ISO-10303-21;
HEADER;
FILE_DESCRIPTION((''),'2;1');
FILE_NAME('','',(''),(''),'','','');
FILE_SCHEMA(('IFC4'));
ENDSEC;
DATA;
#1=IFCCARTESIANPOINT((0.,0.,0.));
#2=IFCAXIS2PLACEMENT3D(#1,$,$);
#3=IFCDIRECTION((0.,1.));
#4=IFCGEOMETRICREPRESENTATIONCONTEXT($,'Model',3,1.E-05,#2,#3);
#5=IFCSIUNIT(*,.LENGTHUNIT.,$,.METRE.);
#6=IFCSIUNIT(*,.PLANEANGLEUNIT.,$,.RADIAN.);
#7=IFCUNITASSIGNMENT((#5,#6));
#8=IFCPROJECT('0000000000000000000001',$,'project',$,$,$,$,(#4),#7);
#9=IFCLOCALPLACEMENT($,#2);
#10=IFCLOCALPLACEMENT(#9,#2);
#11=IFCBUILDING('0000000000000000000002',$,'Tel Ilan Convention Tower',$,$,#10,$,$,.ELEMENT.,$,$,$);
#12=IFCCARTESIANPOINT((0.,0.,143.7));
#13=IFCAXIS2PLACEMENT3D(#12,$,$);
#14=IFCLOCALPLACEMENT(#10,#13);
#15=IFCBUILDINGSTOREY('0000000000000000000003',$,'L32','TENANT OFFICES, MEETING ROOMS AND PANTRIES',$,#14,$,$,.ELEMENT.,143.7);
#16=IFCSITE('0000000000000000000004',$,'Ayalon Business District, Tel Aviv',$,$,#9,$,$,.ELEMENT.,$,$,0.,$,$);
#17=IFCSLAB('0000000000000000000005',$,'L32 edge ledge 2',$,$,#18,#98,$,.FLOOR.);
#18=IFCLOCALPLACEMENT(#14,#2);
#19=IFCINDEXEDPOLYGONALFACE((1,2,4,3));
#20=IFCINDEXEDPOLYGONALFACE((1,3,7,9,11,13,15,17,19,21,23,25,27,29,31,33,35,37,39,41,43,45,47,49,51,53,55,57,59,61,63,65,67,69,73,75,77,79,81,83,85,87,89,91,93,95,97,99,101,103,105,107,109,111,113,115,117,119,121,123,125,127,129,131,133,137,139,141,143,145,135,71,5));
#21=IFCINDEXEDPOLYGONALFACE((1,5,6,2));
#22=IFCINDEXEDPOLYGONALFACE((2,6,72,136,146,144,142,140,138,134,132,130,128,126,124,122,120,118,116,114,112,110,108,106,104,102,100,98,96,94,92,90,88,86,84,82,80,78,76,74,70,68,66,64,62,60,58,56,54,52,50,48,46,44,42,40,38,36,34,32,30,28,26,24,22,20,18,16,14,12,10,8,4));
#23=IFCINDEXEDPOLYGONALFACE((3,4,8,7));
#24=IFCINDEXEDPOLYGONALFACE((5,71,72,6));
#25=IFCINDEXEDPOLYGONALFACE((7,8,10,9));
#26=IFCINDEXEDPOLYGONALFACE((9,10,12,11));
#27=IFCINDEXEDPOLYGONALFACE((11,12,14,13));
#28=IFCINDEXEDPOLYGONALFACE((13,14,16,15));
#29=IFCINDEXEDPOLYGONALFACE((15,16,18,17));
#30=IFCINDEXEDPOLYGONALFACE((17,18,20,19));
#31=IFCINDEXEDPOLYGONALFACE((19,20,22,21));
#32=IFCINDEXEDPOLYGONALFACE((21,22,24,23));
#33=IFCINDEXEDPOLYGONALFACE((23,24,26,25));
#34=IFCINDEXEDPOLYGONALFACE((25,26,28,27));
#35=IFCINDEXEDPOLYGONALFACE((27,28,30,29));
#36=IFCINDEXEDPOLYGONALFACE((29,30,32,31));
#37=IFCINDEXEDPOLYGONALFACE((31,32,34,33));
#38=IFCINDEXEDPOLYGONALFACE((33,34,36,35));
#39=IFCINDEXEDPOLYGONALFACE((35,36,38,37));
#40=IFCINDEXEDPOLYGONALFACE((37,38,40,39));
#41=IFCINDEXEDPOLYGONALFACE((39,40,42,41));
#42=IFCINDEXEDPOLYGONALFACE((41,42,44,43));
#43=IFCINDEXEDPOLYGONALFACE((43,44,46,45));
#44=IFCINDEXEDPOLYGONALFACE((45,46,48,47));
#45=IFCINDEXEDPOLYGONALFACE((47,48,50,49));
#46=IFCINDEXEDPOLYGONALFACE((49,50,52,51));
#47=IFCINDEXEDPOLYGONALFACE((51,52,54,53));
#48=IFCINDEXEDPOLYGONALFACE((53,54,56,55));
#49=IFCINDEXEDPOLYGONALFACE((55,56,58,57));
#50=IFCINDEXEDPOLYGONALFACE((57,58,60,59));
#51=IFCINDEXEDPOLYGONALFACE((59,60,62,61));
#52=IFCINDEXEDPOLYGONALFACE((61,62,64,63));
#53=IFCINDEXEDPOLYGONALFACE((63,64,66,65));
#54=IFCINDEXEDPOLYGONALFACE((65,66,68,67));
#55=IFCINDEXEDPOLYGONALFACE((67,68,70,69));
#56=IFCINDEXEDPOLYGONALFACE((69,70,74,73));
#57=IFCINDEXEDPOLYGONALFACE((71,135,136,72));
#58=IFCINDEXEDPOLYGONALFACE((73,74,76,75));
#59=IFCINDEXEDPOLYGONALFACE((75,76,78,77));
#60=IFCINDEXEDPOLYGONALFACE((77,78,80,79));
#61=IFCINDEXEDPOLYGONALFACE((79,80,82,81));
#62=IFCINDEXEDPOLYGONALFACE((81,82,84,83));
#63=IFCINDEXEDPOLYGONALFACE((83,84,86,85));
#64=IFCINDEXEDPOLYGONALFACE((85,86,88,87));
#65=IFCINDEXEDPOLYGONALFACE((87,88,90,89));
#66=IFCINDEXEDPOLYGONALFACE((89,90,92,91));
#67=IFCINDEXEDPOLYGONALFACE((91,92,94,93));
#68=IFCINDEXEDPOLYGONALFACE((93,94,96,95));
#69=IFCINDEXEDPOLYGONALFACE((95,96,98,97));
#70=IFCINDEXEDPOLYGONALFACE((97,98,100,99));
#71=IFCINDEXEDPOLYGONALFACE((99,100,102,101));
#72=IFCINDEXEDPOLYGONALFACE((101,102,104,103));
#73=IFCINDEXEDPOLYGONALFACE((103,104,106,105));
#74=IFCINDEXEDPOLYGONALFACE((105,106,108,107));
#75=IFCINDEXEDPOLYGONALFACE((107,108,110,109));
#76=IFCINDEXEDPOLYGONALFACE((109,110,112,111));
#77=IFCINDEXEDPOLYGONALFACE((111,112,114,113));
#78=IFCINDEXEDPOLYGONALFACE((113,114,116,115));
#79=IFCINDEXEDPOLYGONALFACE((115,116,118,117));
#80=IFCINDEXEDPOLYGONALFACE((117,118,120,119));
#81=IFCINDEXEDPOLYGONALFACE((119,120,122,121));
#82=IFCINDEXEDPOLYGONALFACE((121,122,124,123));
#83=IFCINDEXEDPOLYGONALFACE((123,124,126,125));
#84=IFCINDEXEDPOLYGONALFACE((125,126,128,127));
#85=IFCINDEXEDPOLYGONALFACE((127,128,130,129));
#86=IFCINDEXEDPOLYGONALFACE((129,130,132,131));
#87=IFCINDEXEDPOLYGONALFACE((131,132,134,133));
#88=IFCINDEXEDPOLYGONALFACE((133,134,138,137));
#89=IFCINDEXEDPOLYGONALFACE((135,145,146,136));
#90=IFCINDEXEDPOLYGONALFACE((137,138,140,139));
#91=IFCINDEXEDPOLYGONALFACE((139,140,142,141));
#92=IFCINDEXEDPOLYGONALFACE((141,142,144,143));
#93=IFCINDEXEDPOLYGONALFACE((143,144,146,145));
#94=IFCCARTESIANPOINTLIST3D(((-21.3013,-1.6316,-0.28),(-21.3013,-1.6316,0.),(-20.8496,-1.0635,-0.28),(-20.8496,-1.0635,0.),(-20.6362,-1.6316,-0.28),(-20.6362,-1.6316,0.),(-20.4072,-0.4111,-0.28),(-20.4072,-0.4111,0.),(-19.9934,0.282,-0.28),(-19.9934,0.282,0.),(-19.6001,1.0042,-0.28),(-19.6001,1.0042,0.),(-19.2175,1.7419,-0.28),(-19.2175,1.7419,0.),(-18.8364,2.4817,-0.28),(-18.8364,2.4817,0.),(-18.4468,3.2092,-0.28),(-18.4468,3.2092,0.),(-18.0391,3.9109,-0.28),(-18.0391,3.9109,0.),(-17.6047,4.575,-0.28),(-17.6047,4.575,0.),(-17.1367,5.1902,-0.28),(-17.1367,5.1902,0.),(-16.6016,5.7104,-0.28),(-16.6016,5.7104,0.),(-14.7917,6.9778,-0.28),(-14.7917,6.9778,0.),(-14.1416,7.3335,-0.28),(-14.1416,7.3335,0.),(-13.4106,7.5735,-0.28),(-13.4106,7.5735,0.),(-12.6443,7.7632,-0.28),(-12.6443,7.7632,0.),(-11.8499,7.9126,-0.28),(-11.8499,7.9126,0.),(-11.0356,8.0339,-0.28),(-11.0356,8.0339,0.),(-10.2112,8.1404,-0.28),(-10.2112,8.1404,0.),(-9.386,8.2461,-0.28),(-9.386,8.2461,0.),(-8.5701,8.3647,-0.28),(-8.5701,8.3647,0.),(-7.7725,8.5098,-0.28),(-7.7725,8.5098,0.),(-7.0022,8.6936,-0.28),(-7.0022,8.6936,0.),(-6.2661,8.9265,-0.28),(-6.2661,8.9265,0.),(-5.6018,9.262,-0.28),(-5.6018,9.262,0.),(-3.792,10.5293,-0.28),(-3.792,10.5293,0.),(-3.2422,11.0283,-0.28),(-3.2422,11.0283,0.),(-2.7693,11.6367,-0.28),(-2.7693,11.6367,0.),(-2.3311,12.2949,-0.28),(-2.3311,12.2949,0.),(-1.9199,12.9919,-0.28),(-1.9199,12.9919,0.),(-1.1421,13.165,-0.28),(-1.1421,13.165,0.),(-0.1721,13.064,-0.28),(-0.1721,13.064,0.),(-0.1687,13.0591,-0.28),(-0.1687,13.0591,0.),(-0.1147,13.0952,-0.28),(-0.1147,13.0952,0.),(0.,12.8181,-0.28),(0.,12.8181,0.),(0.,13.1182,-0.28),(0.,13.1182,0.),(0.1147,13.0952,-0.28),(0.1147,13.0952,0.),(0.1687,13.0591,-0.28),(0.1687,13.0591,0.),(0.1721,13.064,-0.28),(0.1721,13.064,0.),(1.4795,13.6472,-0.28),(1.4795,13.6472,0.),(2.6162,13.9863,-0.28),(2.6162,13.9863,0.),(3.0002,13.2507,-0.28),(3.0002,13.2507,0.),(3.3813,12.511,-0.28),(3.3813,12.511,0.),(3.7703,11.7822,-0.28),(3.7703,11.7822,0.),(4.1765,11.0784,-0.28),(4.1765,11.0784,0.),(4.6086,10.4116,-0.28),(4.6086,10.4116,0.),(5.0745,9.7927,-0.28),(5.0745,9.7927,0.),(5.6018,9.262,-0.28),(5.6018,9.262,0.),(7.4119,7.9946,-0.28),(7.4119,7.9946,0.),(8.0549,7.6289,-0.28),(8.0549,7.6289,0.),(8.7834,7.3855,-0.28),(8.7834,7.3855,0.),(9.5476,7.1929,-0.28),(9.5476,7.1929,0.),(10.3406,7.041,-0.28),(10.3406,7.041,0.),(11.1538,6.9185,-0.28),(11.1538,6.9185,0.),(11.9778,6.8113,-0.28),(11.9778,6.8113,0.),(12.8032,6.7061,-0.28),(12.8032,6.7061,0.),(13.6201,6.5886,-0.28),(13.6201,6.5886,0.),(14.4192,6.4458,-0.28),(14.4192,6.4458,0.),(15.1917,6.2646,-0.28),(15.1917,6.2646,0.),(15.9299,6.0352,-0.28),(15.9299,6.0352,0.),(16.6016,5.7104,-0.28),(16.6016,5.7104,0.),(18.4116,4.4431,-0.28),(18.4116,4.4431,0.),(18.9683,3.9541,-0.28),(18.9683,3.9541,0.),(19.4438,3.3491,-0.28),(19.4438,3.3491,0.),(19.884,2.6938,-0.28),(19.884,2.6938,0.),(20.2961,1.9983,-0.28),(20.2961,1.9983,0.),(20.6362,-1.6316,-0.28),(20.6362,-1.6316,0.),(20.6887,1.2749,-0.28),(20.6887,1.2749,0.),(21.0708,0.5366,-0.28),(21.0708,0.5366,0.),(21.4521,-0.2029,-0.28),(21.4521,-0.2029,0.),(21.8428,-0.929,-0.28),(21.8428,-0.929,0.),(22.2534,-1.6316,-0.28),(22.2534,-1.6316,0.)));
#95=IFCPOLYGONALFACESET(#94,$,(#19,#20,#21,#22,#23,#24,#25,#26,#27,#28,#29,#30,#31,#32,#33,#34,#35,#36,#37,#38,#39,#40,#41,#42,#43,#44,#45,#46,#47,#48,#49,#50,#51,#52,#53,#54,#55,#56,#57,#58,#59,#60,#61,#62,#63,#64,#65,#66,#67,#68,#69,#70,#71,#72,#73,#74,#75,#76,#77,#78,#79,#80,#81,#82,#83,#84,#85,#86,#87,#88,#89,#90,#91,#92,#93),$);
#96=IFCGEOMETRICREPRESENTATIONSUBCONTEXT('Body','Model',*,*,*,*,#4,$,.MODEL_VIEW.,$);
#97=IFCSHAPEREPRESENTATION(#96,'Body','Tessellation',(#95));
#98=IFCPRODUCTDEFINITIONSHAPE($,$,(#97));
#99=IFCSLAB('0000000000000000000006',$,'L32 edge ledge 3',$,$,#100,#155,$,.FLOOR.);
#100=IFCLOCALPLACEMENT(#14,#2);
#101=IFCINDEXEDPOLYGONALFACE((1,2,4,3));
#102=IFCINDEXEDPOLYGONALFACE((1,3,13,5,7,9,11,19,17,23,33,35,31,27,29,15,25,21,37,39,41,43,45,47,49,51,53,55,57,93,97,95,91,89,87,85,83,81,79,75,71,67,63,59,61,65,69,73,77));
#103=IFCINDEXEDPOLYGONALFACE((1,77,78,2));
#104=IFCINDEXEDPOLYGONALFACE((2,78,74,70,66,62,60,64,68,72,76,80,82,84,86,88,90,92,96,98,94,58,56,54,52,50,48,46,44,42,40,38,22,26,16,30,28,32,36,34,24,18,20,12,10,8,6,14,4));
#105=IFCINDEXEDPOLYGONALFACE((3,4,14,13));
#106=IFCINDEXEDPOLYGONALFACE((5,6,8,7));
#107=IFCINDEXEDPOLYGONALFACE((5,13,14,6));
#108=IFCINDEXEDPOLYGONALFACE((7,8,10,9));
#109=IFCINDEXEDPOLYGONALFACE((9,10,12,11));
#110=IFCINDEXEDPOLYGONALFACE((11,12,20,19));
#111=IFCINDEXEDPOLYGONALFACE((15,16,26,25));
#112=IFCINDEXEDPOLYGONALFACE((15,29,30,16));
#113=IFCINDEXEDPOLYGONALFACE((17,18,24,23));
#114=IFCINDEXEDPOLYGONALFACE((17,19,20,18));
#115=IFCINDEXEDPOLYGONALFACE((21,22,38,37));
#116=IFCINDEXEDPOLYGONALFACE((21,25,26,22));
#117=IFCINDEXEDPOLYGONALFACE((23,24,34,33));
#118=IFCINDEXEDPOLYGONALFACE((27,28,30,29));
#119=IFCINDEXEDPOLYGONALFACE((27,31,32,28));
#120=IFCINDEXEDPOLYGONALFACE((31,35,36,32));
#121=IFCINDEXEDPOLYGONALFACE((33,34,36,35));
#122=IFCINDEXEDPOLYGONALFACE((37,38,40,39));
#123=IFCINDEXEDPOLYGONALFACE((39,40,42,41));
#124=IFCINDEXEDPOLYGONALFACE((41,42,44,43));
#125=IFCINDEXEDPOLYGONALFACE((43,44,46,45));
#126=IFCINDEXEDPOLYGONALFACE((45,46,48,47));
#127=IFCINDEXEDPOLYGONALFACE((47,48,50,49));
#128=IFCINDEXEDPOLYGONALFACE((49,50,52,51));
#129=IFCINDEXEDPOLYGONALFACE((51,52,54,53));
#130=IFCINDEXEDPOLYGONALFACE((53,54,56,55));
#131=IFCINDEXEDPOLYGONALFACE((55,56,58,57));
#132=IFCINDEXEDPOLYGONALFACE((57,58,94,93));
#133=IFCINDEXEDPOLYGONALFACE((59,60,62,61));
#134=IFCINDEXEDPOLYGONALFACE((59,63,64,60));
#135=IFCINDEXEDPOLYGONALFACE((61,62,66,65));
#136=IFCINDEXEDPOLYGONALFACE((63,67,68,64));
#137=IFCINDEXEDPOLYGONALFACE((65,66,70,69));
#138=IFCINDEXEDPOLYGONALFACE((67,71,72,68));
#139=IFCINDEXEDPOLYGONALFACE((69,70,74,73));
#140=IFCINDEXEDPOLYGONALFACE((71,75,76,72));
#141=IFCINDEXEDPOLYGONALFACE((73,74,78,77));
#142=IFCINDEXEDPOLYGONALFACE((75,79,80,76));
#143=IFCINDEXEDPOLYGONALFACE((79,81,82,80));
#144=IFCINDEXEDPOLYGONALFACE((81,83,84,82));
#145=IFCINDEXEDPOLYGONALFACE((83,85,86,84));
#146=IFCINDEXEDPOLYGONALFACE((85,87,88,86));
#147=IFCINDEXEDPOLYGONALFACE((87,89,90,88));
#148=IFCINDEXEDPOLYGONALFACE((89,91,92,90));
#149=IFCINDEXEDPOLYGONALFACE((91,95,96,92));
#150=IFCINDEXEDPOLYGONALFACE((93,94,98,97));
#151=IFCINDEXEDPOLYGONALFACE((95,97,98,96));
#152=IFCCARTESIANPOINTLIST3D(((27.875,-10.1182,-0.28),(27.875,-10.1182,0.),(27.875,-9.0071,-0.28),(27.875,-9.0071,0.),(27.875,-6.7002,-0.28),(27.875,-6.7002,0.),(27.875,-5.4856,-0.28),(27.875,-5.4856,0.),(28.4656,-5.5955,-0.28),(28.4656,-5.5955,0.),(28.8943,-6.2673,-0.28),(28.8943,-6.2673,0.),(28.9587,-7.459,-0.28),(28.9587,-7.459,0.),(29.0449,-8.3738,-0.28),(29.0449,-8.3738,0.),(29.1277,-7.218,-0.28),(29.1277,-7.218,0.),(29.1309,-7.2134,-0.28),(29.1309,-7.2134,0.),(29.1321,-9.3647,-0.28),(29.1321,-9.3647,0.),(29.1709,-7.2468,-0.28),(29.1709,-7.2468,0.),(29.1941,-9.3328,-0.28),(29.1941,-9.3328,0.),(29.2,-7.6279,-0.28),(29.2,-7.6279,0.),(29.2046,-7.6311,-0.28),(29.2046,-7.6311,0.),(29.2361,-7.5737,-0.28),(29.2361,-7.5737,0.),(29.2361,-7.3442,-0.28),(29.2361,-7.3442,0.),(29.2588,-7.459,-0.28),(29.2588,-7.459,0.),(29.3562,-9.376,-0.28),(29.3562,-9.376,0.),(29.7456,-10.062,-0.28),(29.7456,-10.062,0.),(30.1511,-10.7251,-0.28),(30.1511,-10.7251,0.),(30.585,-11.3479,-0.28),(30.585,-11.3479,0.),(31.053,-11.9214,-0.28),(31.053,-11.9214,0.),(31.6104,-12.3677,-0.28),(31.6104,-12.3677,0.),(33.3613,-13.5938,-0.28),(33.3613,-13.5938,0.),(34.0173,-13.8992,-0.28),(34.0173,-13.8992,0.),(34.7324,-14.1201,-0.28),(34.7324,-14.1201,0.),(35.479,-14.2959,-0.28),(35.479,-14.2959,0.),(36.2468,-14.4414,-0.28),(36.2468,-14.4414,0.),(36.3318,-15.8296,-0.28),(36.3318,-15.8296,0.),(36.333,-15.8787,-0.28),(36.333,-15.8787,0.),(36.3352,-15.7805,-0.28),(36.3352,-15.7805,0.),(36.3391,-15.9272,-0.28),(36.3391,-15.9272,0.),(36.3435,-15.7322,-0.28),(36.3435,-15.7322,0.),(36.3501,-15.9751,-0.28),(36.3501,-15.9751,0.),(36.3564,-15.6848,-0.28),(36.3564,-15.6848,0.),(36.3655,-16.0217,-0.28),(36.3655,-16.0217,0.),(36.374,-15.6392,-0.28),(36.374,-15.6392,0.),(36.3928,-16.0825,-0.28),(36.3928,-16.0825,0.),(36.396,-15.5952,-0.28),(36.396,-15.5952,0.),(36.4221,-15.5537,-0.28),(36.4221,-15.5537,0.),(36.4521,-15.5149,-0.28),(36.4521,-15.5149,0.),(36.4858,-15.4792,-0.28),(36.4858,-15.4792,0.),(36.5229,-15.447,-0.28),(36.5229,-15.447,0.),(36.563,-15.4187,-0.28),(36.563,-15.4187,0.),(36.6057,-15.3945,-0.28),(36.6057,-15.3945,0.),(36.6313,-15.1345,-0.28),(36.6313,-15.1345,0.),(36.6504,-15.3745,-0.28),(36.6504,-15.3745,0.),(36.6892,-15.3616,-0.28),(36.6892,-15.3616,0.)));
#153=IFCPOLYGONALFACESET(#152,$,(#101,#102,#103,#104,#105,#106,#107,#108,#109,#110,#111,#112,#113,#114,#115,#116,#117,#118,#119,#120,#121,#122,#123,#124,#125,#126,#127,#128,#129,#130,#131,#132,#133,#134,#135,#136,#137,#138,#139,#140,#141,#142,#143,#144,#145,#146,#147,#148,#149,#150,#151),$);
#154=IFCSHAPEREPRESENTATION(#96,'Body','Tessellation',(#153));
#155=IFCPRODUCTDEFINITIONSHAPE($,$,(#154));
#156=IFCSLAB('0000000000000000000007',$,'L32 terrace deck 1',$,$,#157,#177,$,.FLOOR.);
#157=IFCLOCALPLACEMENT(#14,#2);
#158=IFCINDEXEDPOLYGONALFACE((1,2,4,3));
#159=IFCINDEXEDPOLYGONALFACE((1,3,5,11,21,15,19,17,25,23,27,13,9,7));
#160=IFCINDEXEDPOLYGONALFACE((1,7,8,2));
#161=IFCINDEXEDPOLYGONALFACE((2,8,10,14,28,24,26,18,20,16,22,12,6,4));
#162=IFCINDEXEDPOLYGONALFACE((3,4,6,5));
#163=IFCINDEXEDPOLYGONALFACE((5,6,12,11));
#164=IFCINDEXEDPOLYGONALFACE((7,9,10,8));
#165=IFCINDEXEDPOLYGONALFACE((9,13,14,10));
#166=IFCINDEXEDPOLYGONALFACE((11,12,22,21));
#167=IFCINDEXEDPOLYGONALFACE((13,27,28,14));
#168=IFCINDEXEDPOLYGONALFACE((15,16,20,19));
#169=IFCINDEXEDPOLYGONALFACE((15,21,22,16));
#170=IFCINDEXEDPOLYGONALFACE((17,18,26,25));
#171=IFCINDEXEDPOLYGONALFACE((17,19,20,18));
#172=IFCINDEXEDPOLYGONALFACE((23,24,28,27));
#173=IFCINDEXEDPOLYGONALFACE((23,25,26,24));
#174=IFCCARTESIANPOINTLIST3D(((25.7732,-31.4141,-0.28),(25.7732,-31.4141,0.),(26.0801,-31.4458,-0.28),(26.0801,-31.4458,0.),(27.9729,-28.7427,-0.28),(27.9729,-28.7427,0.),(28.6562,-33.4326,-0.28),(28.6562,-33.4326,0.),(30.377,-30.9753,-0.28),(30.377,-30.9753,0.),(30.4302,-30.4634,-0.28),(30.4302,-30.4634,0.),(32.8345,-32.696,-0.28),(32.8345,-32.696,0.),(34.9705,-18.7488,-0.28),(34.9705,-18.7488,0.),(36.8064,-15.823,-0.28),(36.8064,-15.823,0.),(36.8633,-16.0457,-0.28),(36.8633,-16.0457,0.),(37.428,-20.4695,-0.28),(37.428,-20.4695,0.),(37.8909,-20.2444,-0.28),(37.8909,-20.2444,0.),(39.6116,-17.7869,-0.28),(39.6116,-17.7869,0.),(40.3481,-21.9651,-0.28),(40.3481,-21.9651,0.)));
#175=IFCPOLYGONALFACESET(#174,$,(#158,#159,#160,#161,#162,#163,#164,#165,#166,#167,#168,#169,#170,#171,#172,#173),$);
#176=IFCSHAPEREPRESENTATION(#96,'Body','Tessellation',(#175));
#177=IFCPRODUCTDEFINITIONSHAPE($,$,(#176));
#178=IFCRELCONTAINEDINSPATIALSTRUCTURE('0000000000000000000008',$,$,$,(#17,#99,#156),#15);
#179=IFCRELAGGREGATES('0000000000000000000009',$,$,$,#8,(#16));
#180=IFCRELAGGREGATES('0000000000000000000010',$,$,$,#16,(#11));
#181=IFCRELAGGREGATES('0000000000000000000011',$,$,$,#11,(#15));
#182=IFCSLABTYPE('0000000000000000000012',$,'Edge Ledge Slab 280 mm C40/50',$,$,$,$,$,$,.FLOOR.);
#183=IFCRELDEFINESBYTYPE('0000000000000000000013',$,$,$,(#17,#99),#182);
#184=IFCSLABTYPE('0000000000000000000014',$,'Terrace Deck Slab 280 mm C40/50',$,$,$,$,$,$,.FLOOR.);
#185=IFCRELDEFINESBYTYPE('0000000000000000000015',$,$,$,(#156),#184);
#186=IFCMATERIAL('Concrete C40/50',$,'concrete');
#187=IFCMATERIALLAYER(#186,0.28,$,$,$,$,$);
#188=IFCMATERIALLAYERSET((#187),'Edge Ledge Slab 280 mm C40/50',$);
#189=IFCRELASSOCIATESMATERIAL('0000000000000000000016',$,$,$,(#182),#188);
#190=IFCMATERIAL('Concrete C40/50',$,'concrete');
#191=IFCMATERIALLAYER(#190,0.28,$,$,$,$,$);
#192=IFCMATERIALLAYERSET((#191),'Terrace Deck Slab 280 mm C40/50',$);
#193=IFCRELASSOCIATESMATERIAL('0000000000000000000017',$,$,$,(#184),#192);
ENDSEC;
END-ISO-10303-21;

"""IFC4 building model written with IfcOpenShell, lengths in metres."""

from ifc_helpers import new_model, si_unit, direction, frame, origin, place, context, subcontext, project, spatial, polyline, outline, extrude, material, layer, layer_set, type_object, element, save


model = new_model("IFC4")

# Units and contexts
model_context = context("Model", 3, precision=1e-05, world=origin(), true_north=direction((0.0, 1.0)))
body_context = subcontext(model_context, "Body", "Model", "MODEL_VIEW")
ifc_project = project(units=[si_unit("LENGTHUNIT", "METRE"), si_unit("PLANEANGLEUNIT", "RADIAN")], contexts=[model_context])

# Site, building, storey
site_placement = place(None, origin())
site = spatial("IfcSite", under=ifc_project, at=site_placement, Name="Ayalon Business District, Tel Aviv", CompositionType="ELEMENT", RefElevation=0.0)
building_placement = place(site_placement, origin())
building = spatial("IfcBuilding", under=site, at=building_placement, Name="Tel Ilan Convention Tower", CompositionType="ELEMENT")
storey_placement = place(building_placement, frame((0.0, 0.0, 143.7)))
storey = spatial("IfcBuildingStorey", under=building, at=storey_placement, Name="L32", Description="TENANT OFFICES, MEETING ROOMS AND PANTRIES", CompositionType="ELEMENT", Elevation=143.7)

# Slabs
ifc_material_1 = material(Name="Concrete C40/50", Category="concrete")
ifc_layer_1 = layer(ifc_material_1, 0.28)
ifc_layer_set_1 = layer_set([ifc_layer_1], Name="Edge Ledge Slab 280 mm C40/50")
slab_type_1 = type_object("IfcSlabType", Name="Edge Ledge Slab 280 mm C40/50", PredefinedType="FLOOR", material=ifc_layer_set_1)
slab_1_placement = place(storey_placement, frame((0.0, 0.0, -0.28)))
element("IfcSlab", 1, at=slab_1_placement, inside=storey, type_object=slab_type_1, Name="L32 edge ledge 2", PredefinedType="FLOOR", context=body_context, shape_type="SweptSolid", body=[
    extrude(outline(polyline([(-18.4468, 3.2092), (-18.0391, 3.9109), (-17.6047, 4.575), (-17.1367, 5.1902), (-16.6016, 5.7104), (-14.7917, 6.9778), (-14.1416, 7.3335), (-13.4106, 7.5735), (-12.6443, 7.7632), (-11.8499, 7.9126), (-11.0356, 8.0339), (-10.2112, 8.1404), (-9.386, 8.2461), (-8.5701, 8.3647), (-7.7725, 8.5098), (-7.0022, 8.6936), (-6.2661, 8.9265), (-5.6018, 9.262), (-3.792, 10.5293), (-3.2422, 11.0283), (-2.7693, 11.6367), (-2.3311, 12.2949), (-1.9199, 12.9919), (-1.1421, 13.165), (-0.1721, 13.064), (-0.1687, 13.0591), (-0.1147, 13.0952), (0.0, 13.1182), (0.1147, 13.0952), (0.1687, 13.0591), (0.1721, 13.064), (1.4795, 13.6472), (2.6162, 13.9863), (3.0002, 13.2507), (3.3813, 12.511), (3.7703, 11.7822), (4.1765, 11.0784), (4.6086, 10.4116), (5.0745, 9.7927), (5.6018, 9.262), (7.4119, 7.9946), (8.0549, 7.6289), (8.7834, 7.3855), (9.5476, 7.1929), (10.3406, 7.041), (11.1538, 6.9185), (11.9778, 6.8113), (12.8032, 6.7061), (13.6201, 6.5886), (14.4192, 6.4458), (15.1917, 6.2646), (15.9299, 6.0352), (16.6016, 5.7104), (18.4116, 4.4431), (18.9683, 3.9541), (19.4438, 3.3491), (19.884, 2.6938), (20.2961, 1.9983), (20.6887, 1.2749), (21.0708, 0.5366), (21.4521, -0.2029), (21.8428, -0.929), (22.2534, -1.6316), (20.6362, -1.6316), (0.0, 12.8181), (-20.6362, -1.6316), (-21.3013, -1.6316), (-20.8496, -1.0635), (-20.4072, -0.4111), (-19.9934, 0.282), (-19.6001, 1.0042), (-19.2175, 1.7419), (-18.8364, 2.4817), (-18.4468, 3.2092)])), origin(), (0.0, 0.0, 1.0), 0.28),
])
slab_2_placement = place(storey_placement, frame((0.0, 0.0, -0.28)))
element("IfcSlab", 2, at=slab_2_placement, inside=storey, type_object=slab_type_1, Name="L32 edge ledge 3", PredefinedType="FLOOR", context=body_context, shape_type="SweptSolid", body=[
    extrude(outline(polyline([(29.2588, -7.459), (29.2361, -7.5737), (29.2, -7.6279), (29.2046, -7.6311), (29.0449, -8.3738), (29.1941, -9.3328), (29.1321, -9.3647), (29.3562, -9.376), (29.7456, -10.062), (30.1511, -10.7251), (30.585, -11.3479), (31.053, -11.9214), (31.6104, -12.3677), (33.3613, -13.5938), (34.0173, -13.8992), (34.7324, -14.1201), (35.479, -14.2959), (36.2468, -14.4414), (36.6313, -15.1345), (36.6892, -15.3616), (36.6504, -15.3745), (36.6057, -15.3945), (36.563, -15.4187), (36.5229, -15.447), (36.4858, -15.4792), (36.4521, -15.5149), (36.4221, -15.5537), (36.396, -15.5952), (36.374, -15.6392), (36.3564, -15.6848), (36.3435, -15.7322), (36.3352, -15.7805), (36.3318, -15.8296), (36.333, -15.8787), (36.3391, -15.9272), (36.3501, -15.9751), (36.3655, -16.0217), (36.3928, -16.0825), (27.875, -10.1182), (27.875, -9.0071), (28.9587, -7.459), (27.875, -6.7002), (27.875, -5.4856), (28.4656, -5.5955), (28.8943, -6.2673), (29.1309, -7.2134), (29.1277, -7.218), (29.1709, -7.2468), (29.2361, -7.3442), (29.2588, -7.459)])), origin(), (0.0, 0.0, 1.0), 0.28),
])
ifc_material_2 = material(Name="Concrete C40/50", Category="concrete")
ifc_layer_2 = layer(ifc_material_2, 0.28)
ifc_layer_set_2 = layer_set([ifc_layer_2], Name="Terrace Deck Slab 280 mm C40/50")
slab_type_2 = type_object("IfcSlabType", Name="Terrace Deck Slab 280 mm C40/50", PredefinedType="FLOOR", material=ifc_layer_set_2)
slab_3_placement = place(storey_placement, frame((0.0, 0.0, -0.28)))
element("IfcSlab", 3, at=slab_3_placement, inside=storey, type_object=slab_type_2, Name="L32 terrace deck 1", PredefinedType="FLOOR", context=body_context, shape_type="SweptSolid", body=[
    extrude(outline(polyline([(30.377, -30.9753), (28.6562, -33.4326), (25.7732, -31.4141), (26.0801, -31.4458), (27.9729, -28.7427), (30.4302, -30.4634), (37.428, -20.4695), (34.9705, -18.7488), (36.8633, -16.0457), (36.8064, -15.823), (39.6116, -17.7869), (37.8909, -20.2444), (40.3481, -21.9651), (32.8345, -32.696), (30.377, -30.9753)])), origin(), (0.0, 0.0, 1.0), 0.28),
])

save(model, "model.ifc")
